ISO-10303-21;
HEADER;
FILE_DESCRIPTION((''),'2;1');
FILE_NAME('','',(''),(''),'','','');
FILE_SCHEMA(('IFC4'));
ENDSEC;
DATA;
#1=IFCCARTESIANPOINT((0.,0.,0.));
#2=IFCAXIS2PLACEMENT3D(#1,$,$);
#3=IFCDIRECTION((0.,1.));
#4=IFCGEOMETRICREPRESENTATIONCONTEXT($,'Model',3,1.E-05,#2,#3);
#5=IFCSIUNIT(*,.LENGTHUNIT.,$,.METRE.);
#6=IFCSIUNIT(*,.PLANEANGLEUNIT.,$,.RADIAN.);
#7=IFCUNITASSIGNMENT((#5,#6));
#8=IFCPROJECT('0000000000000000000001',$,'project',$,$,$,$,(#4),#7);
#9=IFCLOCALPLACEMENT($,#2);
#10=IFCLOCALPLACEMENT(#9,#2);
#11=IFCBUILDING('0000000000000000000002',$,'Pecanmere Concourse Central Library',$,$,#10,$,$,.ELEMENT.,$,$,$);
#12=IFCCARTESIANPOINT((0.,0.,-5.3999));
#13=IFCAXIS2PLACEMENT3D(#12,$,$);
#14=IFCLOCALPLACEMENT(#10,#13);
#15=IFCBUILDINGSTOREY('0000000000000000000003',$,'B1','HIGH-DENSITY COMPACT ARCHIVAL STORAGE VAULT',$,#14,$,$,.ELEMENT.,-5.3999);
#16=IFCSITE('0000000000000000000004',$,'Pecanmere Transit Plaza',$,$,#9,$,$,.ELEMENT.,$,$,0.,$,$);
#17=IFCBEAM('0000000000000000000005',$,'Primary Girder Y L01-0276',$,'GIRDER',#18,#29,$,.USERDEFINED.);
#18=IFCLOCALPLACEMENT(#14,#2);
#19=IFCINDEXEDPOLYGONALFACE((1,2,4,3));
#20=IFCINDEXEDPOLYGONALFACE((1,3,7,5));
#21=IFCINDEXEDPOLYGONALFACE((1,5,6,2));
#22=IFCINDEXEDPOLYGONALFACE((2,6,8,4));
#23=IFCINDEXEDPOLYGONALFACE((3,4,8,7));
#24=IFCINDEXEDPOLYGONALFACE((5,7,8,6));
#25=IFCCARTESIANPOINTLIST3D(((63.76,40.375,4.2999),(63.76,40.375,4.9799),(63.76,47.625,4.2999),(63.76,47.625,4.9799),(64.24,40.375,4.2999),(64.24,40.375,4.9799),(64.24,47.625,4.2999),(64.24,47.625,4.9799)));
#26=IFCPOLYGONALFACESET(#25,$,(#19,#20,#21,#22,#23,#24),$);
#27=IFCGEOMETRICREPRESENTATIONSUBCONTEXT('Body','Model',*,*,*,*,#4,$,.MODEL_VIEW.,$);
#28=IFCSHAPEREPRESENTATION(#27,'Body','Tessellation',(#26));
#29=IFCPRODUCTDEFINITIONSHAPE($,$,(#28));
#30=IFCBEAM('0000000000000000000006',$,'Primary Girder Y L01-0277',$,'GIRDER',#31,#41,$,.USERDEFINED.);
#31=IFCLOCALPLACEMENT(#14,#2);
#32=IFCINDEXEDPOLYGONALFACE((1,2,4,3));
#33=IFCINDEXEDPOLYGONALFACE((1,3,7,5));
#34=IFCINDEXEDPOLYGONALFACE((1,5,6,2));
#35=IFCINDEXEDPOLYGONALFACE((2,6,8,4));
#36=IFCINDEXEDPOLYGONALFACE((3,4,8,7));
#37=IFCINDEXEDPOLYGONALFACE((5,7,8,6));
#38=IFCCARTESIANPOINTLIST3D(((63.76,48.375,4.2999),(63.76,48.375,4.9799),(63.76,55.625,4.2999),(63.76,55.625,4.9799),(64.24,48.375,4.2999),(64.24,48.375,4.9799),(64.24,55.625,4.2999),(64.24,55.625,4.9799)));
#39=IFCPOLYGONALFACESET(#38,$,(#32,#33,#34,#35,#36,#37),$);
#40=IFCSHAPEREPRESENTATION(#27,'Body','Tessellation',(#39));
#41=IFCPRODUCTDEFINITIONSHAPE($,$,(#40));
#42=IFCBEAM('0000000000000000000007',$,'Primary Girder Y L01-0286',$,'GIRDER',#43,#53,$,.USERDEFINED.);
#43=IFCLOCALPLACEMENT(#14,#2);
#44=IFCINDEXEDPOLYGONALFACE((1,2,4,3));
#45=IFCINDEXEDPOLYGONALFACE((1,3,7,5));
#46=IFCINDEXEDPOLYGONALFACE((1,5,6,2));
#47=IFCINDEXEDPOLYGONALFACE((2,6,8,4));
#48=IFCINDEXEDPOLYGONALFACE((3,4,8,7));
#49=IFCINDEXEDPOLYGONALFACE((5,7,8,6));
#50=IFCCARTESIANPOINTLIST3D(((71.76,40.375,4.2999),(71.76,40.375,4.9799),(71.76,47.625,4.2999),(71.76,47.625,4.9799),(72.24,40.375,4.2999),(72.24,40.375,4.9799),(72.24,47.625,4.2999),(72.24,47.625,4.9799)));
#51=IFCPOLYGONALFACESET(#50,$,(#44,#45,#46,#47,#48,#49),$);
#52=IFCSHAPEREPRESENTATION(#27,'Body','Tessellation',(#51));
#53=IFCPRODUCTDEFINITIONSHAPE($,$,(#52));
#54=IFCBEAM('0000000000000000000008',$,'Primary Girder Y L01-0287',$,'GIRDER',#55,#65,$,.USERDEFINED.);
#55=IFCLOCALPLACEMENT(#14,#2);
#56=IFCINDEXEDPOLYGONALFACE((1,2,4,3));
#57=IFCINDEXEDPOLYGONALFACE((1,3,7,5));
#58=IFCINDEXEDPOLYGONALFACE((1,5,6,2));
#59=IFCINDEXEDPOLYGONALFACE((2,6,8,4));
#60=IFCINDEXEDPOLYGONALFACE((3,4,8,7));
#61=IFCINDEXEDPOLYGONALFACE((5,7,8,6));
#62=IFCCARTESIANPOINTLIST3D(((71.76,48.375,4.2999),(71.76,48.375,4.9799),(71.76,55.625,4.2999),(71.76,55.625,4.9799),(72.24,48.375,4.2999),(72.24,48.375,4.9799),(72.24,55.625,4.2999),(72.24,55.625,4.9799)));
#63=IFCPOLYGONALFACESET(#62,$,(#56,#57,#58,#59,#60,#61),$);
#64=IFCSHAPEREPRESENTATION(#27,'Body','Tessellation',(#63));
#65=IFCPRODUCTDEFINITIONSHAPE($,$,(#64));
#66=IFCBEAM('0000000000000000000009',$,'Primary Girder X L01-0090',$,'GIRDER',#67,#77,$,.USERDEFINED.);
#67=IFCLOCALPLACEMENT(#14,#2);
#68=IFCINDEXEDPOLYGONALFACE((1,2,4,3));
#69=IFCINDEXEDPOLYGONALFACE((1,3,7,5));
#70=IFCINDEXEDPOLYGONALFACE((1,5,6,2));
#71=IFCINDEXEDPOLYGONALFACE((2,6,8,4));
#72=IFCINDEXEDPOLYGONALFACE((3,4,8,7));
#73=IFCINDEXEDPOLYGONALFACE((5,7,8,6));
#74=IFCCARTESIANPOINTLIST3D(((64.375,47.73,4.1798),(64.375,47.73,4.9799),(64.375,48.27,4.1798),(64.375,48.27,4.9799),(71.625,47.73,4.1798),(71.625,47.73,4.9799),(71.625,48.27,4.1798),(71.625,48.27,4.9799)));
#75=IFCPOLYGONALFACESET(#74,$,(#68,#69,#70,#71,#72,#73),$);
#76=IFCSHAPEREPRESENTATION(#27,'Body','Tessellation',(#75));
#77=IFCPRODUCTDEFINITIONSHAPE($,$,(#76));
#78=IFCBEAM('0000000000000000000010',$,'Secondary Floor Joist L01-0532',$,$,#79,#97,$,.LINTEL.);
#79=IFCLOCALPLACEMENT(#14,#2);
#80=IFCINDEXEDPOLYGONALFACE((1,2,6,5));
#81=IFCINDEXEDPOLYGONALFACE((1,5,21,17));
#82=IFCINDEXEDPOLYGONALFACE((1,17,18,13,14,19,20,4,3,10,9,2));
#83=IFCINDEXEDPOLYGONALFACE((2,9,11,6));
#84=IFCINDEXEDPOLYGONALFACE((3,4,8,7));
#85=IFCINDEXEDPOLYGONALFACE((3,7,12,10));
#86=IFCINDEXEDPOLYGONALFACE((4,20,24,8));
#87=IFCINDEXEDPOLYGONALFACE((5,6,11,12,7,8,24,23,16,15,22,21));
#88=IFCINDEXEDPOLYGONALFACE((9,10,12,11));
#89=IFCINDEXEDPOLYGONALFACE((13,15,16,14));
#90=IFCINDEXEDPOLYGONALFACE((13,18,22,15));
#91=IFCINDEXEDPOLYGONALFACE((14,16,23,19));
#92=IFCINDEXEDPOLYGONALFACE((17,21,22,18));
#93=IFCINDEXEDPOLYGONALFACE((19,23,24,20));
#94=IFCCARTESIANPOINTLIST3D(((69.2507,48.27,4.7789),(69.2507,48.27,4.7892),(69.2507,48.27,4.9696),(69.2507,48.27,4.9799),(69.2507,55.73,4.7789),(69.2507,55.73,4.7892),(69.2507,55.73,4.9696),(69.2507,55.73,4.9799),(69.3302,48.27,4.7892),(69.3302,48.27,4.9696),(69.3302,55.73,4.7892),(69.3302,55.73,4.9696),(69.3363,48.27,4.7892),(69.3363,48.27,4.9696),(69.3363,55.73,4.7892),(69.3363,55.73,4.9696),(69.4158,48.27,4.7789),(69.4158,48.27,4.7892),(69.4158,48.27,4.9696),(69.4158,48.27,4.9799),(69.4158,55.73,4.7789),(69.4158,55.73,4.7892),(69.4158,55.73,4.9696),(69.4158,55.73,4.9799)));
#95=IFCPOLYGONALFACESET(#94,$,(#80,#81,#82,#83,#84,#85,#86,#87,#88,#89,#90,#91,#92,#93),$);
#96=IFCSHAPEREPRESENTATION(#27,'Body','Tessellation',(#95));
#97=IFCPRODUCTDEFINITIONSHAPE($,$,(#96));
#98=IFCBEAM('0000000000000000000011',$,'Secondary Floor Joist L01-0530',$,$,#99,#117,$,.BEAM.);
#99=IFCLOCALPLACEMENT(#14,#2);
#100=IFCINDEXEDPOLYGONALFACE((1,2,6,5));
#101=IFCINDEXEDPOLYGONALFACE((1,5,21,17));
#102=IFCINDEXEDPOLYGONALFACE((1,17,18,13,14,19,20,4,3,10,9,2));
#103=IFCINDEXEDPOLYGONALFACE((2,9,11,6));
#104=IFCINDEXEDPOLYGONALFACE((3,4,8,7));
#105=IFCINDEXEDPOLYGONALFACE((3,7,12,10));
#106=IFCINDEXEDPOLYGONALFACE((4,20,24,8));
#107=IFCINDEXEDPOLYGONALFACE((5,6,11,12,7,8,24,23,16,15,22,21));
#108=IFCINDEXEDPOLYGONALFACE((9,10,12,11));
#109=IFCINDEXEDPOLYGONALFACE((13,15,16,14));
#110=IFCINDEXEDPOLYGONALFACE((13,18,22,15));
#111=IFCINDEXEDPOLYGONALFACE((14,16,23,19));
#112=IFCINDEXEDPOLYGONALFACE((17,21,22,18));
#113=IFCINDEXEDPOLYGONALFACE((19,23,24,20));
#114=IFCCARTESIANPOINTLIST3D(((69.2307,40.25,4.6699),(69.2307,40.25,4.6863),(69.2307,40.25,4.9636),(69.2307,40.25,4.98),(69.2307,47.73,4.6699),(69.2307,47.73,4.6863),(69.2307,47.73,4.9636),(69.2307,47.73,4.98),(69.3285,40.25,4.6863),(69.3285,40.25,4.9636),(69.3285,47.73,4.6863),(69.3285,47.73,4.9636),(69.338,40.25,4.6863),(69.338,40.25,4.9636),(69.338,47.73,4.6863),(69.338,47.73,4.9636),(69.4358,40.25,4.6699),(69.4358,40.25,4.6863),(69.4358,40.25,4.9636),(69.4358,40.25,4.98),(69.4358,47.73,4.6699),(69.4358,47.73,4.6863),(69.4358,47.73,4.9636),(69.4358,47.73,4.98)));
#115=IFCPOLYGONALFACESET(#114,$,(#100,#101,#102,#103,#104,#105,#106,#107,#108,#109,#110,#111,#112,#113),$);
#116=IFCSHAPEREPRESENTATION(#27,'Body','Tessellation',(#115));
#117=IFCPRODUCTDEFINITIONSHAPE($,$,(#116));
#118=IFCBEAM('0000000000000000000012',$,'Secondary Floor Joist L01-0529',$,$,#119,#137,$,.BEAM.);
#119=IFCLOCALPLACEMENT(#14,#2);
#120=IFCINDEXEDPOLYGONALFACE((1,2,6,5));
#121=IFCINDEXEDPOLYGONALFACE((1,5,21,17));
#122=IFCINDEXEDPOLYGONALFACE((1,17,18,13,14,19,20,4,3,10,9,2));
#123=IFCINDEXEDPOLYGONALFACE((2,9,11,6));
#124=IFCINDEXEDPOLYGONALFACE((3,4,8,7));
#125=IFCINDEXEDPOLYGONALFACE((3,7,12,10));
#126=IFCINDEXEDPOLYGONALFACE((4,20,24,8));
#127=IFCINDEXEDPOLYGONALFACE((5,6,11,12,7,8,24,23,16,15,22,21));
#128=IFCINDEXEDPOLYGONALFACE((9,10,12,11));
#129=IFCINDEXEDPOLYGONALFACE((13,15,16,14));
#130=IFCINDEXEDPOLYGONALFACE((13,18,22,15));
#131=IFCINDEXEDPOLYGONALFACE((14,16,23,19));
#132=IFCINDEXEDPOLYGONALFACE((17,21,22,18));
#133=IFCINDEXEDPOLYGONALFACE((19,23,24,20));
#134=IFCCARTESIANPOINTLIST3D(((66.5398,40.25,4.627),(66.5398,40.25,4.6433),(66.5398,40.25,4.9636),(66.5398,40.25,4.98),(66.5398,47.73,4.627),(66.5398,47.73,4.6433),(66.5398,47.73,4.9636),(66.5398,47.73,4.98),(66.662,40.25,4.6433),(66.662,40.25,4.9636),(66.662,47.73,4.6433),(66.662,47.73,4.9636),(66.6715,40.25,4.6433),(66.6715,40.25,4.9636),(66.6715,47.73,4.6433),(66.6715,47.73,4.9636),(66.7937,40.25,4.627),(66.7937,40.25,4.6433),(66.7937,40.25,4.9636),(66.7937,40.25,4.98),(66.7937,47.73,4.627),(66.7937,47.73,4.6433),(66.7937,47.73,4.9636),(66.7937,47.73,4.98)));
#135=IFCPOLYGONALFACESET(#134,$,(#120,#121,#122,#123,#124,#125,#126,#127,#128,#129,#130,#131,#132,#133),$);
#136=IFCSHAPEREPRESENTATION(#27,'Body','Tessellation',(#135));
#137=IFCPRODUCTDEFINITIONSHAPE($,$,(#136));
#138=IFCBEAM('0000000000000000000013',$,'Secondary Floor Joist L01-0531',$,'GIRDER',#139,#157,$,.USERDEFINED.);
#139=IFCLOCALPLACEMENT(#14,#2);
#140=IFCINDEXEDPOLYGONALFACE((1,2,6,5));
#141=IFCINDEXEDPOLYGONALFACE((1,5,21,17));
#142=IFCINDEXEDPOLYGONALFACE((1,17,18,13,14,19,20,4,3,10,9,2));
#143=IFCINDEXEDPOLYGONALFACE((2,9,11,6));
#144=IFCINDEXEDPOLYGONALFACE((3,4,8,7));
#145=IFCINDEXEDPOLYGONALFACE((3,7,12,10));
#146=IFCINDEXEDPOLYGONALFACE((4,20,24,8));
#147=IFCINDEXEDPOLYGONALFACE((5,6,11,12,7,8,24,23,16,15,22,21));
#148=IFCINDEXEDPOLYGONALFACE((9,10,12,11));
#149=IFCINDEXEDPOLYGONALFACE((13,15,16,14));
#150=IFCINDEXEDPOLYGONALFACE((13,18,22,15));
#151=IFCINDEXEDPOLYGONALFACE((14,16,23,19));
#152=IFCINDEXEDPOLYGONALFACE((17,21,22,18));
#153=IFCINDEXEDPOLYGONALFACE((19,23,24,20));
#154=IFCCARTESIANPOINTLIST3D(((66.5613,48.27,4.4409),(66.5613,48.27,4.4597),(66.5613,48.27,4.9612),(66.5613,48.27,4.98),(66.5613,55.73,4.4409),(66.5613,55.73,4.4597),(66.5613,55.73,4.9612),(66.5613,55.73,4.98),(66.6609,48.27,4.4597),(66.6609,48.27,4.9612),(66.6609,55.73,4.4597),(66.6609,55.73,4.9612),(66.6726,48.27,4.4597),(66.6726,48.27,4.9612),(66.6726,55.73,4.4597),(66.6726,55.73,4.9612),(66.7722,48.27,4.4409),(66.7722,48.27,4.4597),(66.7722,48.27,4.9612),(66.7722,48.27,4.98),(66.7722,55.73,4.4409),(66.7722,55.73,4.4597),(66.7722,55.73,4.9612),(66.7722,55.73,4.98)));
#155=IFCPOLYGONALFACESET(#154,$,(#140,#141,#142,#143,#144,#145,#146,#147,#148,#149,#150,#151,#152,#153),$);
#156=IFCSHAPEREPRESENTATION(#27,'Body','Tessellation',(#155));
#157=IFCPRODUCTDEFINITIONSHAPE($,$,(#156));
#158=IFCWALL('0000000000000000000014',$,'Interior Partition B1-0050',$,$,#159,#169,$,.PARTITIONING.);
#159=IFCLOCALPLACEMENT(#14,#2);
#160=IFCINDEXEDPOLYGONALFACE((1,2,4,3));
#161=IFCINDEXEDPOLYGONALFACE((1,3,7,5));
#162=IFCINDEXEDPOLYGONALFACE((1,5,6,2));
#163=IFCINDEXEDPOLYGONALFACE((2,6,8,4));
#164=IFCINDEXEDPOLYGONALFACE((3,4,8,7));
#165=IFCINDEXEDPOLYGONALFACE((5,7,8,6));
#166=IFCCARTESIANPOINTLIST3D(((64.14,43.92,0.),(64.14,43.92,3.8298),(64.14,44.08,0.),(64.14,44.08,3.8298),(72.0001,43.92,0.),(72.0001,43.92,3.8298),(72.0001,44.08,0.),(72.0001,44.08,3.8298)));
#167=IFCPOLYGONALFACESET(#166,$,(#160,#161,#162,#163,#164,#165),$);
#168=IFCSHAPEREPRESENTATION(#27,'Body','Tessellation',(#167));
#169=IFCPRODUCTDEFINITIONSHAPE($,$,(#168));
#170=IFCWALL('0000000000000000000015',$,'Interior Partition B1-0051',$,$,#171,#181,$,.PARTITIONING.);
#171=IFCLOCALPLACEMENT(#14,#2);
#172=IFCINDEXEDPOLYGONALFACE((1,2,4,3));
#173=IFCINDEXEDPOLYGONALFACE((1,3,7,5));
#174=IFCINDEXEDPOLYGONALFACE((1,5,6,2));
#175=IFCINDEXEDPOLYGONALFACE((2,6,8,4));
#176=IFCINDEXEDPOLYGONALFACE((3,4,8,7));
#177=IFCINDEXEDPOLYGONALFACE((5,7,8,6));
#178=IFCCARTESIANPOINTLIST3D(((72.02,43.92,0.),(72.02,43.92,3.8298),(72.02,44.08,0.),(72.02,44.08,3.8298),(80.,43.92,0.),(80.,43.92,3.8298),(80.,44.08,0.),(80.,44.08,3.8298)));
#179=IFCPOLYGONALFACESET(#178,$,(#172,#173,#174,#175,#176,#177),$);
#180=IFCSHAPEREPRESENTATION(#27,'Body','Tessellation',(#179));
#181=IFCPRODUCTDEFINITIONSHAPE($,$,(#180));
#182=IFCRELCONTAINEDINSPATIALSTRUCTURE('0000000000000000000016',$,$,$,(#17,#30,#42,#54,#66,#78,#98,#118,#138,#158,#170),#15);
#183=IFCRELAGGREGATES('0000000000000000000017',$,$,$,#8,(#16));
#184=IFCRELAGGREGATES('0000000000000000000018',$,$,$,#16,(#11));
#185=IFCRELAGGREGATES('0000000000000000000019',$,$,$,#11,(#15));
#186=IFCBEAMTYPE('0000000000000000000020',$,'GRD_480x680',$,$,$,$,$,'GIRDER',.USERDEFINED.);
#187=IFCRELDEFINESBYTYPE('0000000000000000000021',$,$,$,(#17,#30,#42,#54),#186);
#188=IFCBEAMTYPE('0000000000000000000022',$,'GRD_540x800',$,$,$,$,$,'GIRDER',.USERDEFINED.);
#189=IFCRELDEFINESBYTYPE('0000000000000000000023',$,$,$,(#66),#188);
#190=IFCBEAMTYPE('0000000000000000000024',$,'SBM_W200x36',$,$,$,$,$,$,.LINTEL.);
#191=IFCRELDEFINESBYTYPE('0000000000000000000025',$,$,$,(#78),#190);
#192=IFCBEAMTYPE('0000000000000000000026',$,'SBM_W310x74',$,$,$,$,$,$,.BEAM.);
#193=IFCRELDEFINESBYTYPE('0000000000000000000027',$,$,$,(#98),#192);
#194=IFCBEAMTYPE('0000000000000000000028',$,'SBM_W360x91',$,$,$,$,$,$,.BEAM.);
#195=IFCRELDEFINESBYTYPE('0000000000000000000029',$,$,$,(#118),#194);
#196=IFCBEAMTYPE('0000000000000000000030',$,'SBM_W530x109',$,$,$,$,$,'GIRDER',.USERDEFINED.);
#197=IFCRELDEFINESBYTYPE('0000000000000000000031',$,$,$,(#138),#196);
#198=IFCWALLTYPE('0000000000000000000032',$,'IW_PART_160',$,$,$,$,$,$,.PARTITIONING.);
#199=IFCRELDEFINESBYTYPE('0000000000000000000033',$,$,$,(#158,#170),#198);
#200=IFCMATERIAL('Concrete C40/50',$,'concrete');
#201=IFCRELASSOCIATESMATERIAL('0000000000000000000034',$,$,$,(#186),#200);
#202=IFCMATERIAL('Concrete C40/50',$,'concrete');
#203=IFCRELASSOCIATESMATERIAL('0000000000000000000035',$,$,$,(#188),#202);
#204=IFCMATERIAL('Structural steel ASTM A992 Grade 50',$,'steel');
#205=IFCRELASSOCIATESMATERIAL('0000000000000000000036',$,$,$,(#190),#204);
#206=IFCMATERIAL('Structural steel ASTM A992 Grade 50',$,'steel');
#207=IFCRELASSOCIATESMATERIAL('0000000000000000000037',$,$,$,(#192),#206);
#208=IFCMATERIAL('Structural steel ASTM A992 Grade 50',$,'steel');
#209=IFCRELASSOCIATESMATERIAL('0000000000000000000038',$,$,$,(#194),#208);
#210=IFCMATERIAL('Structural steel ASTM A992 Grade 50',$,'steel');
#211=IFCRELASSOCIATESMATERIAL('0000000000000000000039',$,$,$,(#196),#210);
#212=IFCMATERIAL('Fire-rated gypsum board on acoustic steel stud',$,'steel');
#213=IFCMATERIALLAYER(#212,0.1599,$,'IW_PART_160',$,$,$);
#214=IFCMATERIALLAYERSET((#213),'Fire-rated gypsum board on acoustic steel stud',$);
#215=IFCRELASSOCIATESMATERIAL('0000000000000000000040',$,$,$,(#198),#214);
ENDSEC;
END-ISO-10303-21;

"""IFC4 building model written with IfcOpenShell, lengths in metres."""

from ifc_helpers import new_model, si_unit, direction, frame, frame_2d, origin, origin_2d, place, context, subcontext, project, spatial, rectangle, i_section, extrude, material, layer, layer_set, material_profile, profile_set, type_object, element, save


model = new_model("IFC4")

# Units and contexts
model_context = context("Model", 3, precision=1e-05, world=origin(), true_north=direction((0.0, 1.0)))
body_context = subcontext(model_context, "Body", "Model", "MODEL_VIEW")
ifc_project = project(units=[si_unit("LENGTHUNIT", "METRE"), si_unit("PLANEANGLEUNIT", "RADIAN")], contexts=[model_context])

# Site, building, storey
site_placement = place(None, origin())
site = spatial("IfcSite", under=ifc_project, at=site_placement, Name="Pecanmere Transit Plaza", CompositionType="ELEMENT", RefElevation=0.0)
building_placement = place(site_placement, origin())
building = spatial("IfcBuilding", under=site, at=building_placement, Name="Pecanmere Concourse Central Library", CompositionType="ELEMENT")
storey_placement = place(building_placement, frame((0.0, 0.0, -5.3999)))
storey = spatial("IfcBuildingStorey", under=building, at=storey_placement, Name="B1", Description="HIGH-DENSITY COMPACT ARCHIVAL STORAGE VAULT", CompositionType="ELEMENT", Elevation=-5.3999)

# Beams
ifc_material_1 = material(Name="Concrete C40/50", Category="concrete")
ifc_material_profile_1 = material_profile(ifc_material_1, rectangle(XDim=0.48, YDim=0.6799, at=origin_2d()), Name="RC 480x680")
ifc_profile_set_1 = profile_set([ifc_material_profile_1], Name="Concrete C40/50")
beam_type_1 = type_object("IfcBeamType", Name="GRD_480x680", ElementType="GIRDER", PredefinedType="USERDEFINED", material=ifc_profile_set_1)
for number, where, z_axis, x_axis, name in (
    (1, (64.0, 40.375, 4.6399), (0.0, 1.0, 0.0), (-1.0, 0.0, 0.0), "Primary Girder Y L01-0276"),
    (2, (64.0, 48.375, 4.6399), (0.0, 1.0, 0.0), (-1.0, 0.0, 0.0), "Primary Girder Y L01-0277"),
    (3, (72.0, 40.375, 4.6399), (0.0, 1.0, 0.0), (-1.0, 0.0, 0.0), "Primary Girder Y L01-0286"),
    (4, (72.0, 48.375, 4.6399), (0.0, 1.0, 0.0), (-1.0, 0.0, 0.0), "Primary Girder Y L01-0287"),
):
    element("IfcBeam", number, at=place(storey_placement, frame(where, z_axis=z_axis, x_axis=x_axis)), inside=storey, type_object=beam_type_1, Name=name, ObjectType="GIRDER", PredefinedType="USERDEFINED", context=body_context, shape_type="SweptSolid", body=[
        extrude(rectangle(XDim=0.48, YDim=0.6799, at=origin_2d()), origin(), (0.0, 0.0, 1.0), 7.25),
    ])
ifc_material_2 = material(Name="Concrete C40/50", Category="concrete")
ifc_material_profile_2 = material_profile(ifc_material_2, rectangle(XDim=0.54, YDim=0.8, at=origin_2d()), Name="RC 540x800")
ifc_profile_set_2 = profile_set([ifc_material_profile_2], Name="Concrete C40/50")
beam_type_2 = type_object("IfcBeamType", Name="GRD_540x800", ElementType="GIRDER", PredefinedType="USERDEFINED", material=ifc_profile_set_2)
beam_1_placement = place(storey_placement, frame((64.375, 48.0, 4.5798), z_axis=(1.0, 0.0, 0.0), x_axis=(0.0, 1.0, 0.0)))
element("IfcBeam", 5, at=beam_1_placement, inside=storey, type_object=beam_type_2, Name="Primary Girder X L01-0090", ObjectType="GIRDER", PredefinedType="USERDEFINED", context=body_context, shape_type="SweptSolid", body=[
    extrude(rectangle(XDim=0.54, YDim=0.8, at=origin_2d()), origin(), (0.0, 0.0, 1.0), 7.25),
])
ifc_material_3 = material(Name="Structural steel ASTM A992 Grade 50", Category="steel")
ifc_material_profile_3 = material_profile(ifc_material_3, i_section(OverallWidth=0.165, OverallDepth=0.2009, WebThickness=0.0061, FlangeThickness=0.0103, at=origin_2d()), Name="W200x35.9")
ifc_profile_set_3 = profile_set([ifc_material_profile_3], Name="Structural steel ASTM A992 Grade 50")
beam_type_3 = type_object("IfcBeamType", Name="SBM_W200x36", PredefinedType="LINTEL", material=ifc_profile_set_3)
beam_2_placement = place(storey_placement, frame((69.3333, 48.27, 4.8794), z_axis=(0.0, 1.0, 0.0), x_axis=(-1.0, 0.0, 0.0)))
element("IfcBeam", 6, at=beam_2_placement, inside=storey, type_object=beam_type_3, Name="Secondary Floor Joist L01-0532", PredefinedType="LINTEL", context=body_context, shape_type="SweptSolid", body=[
    extrude(i_section(OverallWidth=0.165, OverallDepth=0.2009, WebThickness=0.0061, FlangeThickness=0.0103, at=origin_2d()), origin(), (0.0, 0.0, 1.0), 7.46),
])
ifc_material_4 = material(Name="Structural steel ASTM A992 Grade 50", Category="steel")
ifc_material_profile_4 = material_profile(ifc_material_4, i_section(OverallWidth=0.2051, OverallDepth=0.3101, WebThickness=0.0095, FlangeThickness=0.0164, at=origin_2d()), Name="W310x74")
ifc_profile_set_4 = profile_set([ifc_material_profile_4], Name="Structural steel ASTM A992 Grade 50")
beam_type_4 = type_object("IfcBeamType", Name="SBM_W310x74", PredefinedType="BEAM", material=ifc_profile_set_4)
beam_3_placement = place(storey_placement, frame((69.3333, 40.25, 4.825), z_axis=(0.0, 1.0, 0.0), x_axis=(-1.0, 0.0, 0.0)))
element("IfcBeam", 7, at=beam_3_placement, inside=storey, type_object=beam_type_4, Name="Secondary Floor Joist L01-0530", PredefinedType="BEAM", context=body_context, shape_type="SweptSolid", body=[
    extrude(i_section(OverallWidth=0.2051, OverallDepth=0.3101, WebThickness=0.0095, FlangeThickness=0.0164, at=origin_2d()), origin(), (0.0, 0.0, 1.0), 7.48),
])
ifc_material_5 = material(Name="Structural steel ASTM A992 Grade 50", Category="steel")
ifc_material_profile_5 = material_profile(ifc_material_5, i_section(OverallWidth=0.2539, OverallDepth=0.353, WebThickness=0.0095, FlangeThickness=0.0164, at=origin_2d()), Name="W360x91")
ifc_profile_set_5 = profile_set([ifc_material_profile_5], Name="Structural steel ASTM A992 Grade 50")
beam_type_5 = type_object("IfcBeamType", Name="SBM_W360x91", PredefinedType="BEAM", material=ifc_profile_set_5)
beam_4_placement = place(storey_placement, frame((66.6667, 40.25, 4.8035), z_axis=(0.0, 1.0, 0.0), x_axis=(-1.0, 0.0, 0.0)))
element("IfcBeam", 8, at=beam_4_placement, inside=storey, type_object=beam_type_5, Name="Secondary Floor Joist L01-0529", PredefinedType="BEAM", context=body_context, shape_type="SweptSolid", body=[
    extrude(i_section(OverallWidth=0.2539, OverallDepth=0.353, WebThickness=0.0095, FlangeThickness=0.0164, at=origin_2d()), origin(), (0.0, 0.0, 1.0), 7.48),
])
ifc_material_6 = material(Name="Structural steel ASTM A992 Grade 50", Category="steel")
ifc_material_profile_6 = material_profile(ifc_material_6, i_section(OverallWidth=0.2109, OverallDepth=0.5391, WebThickness=0.0117, FlangeThickness=0.0188, at=origin_2d()), Name="W530x109")
ifc_profile_set_6 = profile_set([ifc_material_profile_6], Name="Structural steel ASTM A992 Grade 50")
beam_type_6 = type_object("IfcBeamType", Name="SBM_W530x109", ElementType="GIRDER", PredefinedType="USERDEFINED", material=ifc_profile_set_6)
beam_5_placement = place(storey_placement, frame((66.6667, 48.27, 4.7104), z_axis=(0.0, 1.0, 0.0), x_axis=(-1.0, 0.0, 0.0)))
element("IfcBeam", 9, at=beam_5_placement, inside=storey, type_object=beam_type_6, Name="Secondary Floor Joist L01-0531", ObjectType="GIRDER", PredefinedType="USERDEFINED", context=body_context, shape_type="SweptSolid", body=[
    extrude(i_section(OverallWidth=0.2109, OverallDepth=0.5391, WebThickness=0.0117, FlangeThickness=0.0188, at=origin_2d()), origin(), (0.0, 0.0, 1.0), 7.46),
])

# Walls
ifc_material_7 = material(Name="Fire-rated gypsum board on acoustic steel stud", Category="steel")
ifc_layer_1 = layer(ifc_material_7, 0.1599, Name="IW_PART_160")
ifc_layer_set_1 = layer_set([ifc_layer_1], Name="Fire-rated gypsum board on acoustic steel stud")
wall_type_1 = type_object("IfcWallType", Name="IW_PART_160", PredefinedType="PARTITIONING", material=ifc_layer_set_1)
wall_1_placement = place(storey_placement, frame((64.1399, 44.0, 0.0), z_axis=(0.0, 0.0, 1.0), x_axis=(1.0, 0.0, 0.0)))
element("IfcWall", 10, at=wall_1_placement, inside=storey, type_object=wall_type_1, Name="Interior Partition B1-0050", PredefinedType="PARTITIONING", context=body_context, shape_type="SweptSolid", body=[
    extrude(rectangle(XDim=7.8601, YDim=0.1599, at=frame_2d((3.9302, 0.0))), origin(), (0.0, 0.0, 1.0), 3.8298),
])
wall_2_placement = place(storey_placement, frame((72.02, 44.0, 0.0), z_axis=(0.0, 0.0, 1.0), x_axis=(1.0, 0.0, 0.0)))
element("IfcWall", 11, at=wall_2_placement, inside=storey, type_object=wall_type_1, Name="Interior Partition B1-0051", PredefinedType="PARTITIONING", context=body_context, shape_type="SweptSolid", body=[
    extrude(rectangle(XDim=7.98, YDim=0.1599, at=frame_2d((3.99, 0.0))), origin(), (0.0, 0.0, 1.0), 3.8298),
])

save(model, "model.ifc")
